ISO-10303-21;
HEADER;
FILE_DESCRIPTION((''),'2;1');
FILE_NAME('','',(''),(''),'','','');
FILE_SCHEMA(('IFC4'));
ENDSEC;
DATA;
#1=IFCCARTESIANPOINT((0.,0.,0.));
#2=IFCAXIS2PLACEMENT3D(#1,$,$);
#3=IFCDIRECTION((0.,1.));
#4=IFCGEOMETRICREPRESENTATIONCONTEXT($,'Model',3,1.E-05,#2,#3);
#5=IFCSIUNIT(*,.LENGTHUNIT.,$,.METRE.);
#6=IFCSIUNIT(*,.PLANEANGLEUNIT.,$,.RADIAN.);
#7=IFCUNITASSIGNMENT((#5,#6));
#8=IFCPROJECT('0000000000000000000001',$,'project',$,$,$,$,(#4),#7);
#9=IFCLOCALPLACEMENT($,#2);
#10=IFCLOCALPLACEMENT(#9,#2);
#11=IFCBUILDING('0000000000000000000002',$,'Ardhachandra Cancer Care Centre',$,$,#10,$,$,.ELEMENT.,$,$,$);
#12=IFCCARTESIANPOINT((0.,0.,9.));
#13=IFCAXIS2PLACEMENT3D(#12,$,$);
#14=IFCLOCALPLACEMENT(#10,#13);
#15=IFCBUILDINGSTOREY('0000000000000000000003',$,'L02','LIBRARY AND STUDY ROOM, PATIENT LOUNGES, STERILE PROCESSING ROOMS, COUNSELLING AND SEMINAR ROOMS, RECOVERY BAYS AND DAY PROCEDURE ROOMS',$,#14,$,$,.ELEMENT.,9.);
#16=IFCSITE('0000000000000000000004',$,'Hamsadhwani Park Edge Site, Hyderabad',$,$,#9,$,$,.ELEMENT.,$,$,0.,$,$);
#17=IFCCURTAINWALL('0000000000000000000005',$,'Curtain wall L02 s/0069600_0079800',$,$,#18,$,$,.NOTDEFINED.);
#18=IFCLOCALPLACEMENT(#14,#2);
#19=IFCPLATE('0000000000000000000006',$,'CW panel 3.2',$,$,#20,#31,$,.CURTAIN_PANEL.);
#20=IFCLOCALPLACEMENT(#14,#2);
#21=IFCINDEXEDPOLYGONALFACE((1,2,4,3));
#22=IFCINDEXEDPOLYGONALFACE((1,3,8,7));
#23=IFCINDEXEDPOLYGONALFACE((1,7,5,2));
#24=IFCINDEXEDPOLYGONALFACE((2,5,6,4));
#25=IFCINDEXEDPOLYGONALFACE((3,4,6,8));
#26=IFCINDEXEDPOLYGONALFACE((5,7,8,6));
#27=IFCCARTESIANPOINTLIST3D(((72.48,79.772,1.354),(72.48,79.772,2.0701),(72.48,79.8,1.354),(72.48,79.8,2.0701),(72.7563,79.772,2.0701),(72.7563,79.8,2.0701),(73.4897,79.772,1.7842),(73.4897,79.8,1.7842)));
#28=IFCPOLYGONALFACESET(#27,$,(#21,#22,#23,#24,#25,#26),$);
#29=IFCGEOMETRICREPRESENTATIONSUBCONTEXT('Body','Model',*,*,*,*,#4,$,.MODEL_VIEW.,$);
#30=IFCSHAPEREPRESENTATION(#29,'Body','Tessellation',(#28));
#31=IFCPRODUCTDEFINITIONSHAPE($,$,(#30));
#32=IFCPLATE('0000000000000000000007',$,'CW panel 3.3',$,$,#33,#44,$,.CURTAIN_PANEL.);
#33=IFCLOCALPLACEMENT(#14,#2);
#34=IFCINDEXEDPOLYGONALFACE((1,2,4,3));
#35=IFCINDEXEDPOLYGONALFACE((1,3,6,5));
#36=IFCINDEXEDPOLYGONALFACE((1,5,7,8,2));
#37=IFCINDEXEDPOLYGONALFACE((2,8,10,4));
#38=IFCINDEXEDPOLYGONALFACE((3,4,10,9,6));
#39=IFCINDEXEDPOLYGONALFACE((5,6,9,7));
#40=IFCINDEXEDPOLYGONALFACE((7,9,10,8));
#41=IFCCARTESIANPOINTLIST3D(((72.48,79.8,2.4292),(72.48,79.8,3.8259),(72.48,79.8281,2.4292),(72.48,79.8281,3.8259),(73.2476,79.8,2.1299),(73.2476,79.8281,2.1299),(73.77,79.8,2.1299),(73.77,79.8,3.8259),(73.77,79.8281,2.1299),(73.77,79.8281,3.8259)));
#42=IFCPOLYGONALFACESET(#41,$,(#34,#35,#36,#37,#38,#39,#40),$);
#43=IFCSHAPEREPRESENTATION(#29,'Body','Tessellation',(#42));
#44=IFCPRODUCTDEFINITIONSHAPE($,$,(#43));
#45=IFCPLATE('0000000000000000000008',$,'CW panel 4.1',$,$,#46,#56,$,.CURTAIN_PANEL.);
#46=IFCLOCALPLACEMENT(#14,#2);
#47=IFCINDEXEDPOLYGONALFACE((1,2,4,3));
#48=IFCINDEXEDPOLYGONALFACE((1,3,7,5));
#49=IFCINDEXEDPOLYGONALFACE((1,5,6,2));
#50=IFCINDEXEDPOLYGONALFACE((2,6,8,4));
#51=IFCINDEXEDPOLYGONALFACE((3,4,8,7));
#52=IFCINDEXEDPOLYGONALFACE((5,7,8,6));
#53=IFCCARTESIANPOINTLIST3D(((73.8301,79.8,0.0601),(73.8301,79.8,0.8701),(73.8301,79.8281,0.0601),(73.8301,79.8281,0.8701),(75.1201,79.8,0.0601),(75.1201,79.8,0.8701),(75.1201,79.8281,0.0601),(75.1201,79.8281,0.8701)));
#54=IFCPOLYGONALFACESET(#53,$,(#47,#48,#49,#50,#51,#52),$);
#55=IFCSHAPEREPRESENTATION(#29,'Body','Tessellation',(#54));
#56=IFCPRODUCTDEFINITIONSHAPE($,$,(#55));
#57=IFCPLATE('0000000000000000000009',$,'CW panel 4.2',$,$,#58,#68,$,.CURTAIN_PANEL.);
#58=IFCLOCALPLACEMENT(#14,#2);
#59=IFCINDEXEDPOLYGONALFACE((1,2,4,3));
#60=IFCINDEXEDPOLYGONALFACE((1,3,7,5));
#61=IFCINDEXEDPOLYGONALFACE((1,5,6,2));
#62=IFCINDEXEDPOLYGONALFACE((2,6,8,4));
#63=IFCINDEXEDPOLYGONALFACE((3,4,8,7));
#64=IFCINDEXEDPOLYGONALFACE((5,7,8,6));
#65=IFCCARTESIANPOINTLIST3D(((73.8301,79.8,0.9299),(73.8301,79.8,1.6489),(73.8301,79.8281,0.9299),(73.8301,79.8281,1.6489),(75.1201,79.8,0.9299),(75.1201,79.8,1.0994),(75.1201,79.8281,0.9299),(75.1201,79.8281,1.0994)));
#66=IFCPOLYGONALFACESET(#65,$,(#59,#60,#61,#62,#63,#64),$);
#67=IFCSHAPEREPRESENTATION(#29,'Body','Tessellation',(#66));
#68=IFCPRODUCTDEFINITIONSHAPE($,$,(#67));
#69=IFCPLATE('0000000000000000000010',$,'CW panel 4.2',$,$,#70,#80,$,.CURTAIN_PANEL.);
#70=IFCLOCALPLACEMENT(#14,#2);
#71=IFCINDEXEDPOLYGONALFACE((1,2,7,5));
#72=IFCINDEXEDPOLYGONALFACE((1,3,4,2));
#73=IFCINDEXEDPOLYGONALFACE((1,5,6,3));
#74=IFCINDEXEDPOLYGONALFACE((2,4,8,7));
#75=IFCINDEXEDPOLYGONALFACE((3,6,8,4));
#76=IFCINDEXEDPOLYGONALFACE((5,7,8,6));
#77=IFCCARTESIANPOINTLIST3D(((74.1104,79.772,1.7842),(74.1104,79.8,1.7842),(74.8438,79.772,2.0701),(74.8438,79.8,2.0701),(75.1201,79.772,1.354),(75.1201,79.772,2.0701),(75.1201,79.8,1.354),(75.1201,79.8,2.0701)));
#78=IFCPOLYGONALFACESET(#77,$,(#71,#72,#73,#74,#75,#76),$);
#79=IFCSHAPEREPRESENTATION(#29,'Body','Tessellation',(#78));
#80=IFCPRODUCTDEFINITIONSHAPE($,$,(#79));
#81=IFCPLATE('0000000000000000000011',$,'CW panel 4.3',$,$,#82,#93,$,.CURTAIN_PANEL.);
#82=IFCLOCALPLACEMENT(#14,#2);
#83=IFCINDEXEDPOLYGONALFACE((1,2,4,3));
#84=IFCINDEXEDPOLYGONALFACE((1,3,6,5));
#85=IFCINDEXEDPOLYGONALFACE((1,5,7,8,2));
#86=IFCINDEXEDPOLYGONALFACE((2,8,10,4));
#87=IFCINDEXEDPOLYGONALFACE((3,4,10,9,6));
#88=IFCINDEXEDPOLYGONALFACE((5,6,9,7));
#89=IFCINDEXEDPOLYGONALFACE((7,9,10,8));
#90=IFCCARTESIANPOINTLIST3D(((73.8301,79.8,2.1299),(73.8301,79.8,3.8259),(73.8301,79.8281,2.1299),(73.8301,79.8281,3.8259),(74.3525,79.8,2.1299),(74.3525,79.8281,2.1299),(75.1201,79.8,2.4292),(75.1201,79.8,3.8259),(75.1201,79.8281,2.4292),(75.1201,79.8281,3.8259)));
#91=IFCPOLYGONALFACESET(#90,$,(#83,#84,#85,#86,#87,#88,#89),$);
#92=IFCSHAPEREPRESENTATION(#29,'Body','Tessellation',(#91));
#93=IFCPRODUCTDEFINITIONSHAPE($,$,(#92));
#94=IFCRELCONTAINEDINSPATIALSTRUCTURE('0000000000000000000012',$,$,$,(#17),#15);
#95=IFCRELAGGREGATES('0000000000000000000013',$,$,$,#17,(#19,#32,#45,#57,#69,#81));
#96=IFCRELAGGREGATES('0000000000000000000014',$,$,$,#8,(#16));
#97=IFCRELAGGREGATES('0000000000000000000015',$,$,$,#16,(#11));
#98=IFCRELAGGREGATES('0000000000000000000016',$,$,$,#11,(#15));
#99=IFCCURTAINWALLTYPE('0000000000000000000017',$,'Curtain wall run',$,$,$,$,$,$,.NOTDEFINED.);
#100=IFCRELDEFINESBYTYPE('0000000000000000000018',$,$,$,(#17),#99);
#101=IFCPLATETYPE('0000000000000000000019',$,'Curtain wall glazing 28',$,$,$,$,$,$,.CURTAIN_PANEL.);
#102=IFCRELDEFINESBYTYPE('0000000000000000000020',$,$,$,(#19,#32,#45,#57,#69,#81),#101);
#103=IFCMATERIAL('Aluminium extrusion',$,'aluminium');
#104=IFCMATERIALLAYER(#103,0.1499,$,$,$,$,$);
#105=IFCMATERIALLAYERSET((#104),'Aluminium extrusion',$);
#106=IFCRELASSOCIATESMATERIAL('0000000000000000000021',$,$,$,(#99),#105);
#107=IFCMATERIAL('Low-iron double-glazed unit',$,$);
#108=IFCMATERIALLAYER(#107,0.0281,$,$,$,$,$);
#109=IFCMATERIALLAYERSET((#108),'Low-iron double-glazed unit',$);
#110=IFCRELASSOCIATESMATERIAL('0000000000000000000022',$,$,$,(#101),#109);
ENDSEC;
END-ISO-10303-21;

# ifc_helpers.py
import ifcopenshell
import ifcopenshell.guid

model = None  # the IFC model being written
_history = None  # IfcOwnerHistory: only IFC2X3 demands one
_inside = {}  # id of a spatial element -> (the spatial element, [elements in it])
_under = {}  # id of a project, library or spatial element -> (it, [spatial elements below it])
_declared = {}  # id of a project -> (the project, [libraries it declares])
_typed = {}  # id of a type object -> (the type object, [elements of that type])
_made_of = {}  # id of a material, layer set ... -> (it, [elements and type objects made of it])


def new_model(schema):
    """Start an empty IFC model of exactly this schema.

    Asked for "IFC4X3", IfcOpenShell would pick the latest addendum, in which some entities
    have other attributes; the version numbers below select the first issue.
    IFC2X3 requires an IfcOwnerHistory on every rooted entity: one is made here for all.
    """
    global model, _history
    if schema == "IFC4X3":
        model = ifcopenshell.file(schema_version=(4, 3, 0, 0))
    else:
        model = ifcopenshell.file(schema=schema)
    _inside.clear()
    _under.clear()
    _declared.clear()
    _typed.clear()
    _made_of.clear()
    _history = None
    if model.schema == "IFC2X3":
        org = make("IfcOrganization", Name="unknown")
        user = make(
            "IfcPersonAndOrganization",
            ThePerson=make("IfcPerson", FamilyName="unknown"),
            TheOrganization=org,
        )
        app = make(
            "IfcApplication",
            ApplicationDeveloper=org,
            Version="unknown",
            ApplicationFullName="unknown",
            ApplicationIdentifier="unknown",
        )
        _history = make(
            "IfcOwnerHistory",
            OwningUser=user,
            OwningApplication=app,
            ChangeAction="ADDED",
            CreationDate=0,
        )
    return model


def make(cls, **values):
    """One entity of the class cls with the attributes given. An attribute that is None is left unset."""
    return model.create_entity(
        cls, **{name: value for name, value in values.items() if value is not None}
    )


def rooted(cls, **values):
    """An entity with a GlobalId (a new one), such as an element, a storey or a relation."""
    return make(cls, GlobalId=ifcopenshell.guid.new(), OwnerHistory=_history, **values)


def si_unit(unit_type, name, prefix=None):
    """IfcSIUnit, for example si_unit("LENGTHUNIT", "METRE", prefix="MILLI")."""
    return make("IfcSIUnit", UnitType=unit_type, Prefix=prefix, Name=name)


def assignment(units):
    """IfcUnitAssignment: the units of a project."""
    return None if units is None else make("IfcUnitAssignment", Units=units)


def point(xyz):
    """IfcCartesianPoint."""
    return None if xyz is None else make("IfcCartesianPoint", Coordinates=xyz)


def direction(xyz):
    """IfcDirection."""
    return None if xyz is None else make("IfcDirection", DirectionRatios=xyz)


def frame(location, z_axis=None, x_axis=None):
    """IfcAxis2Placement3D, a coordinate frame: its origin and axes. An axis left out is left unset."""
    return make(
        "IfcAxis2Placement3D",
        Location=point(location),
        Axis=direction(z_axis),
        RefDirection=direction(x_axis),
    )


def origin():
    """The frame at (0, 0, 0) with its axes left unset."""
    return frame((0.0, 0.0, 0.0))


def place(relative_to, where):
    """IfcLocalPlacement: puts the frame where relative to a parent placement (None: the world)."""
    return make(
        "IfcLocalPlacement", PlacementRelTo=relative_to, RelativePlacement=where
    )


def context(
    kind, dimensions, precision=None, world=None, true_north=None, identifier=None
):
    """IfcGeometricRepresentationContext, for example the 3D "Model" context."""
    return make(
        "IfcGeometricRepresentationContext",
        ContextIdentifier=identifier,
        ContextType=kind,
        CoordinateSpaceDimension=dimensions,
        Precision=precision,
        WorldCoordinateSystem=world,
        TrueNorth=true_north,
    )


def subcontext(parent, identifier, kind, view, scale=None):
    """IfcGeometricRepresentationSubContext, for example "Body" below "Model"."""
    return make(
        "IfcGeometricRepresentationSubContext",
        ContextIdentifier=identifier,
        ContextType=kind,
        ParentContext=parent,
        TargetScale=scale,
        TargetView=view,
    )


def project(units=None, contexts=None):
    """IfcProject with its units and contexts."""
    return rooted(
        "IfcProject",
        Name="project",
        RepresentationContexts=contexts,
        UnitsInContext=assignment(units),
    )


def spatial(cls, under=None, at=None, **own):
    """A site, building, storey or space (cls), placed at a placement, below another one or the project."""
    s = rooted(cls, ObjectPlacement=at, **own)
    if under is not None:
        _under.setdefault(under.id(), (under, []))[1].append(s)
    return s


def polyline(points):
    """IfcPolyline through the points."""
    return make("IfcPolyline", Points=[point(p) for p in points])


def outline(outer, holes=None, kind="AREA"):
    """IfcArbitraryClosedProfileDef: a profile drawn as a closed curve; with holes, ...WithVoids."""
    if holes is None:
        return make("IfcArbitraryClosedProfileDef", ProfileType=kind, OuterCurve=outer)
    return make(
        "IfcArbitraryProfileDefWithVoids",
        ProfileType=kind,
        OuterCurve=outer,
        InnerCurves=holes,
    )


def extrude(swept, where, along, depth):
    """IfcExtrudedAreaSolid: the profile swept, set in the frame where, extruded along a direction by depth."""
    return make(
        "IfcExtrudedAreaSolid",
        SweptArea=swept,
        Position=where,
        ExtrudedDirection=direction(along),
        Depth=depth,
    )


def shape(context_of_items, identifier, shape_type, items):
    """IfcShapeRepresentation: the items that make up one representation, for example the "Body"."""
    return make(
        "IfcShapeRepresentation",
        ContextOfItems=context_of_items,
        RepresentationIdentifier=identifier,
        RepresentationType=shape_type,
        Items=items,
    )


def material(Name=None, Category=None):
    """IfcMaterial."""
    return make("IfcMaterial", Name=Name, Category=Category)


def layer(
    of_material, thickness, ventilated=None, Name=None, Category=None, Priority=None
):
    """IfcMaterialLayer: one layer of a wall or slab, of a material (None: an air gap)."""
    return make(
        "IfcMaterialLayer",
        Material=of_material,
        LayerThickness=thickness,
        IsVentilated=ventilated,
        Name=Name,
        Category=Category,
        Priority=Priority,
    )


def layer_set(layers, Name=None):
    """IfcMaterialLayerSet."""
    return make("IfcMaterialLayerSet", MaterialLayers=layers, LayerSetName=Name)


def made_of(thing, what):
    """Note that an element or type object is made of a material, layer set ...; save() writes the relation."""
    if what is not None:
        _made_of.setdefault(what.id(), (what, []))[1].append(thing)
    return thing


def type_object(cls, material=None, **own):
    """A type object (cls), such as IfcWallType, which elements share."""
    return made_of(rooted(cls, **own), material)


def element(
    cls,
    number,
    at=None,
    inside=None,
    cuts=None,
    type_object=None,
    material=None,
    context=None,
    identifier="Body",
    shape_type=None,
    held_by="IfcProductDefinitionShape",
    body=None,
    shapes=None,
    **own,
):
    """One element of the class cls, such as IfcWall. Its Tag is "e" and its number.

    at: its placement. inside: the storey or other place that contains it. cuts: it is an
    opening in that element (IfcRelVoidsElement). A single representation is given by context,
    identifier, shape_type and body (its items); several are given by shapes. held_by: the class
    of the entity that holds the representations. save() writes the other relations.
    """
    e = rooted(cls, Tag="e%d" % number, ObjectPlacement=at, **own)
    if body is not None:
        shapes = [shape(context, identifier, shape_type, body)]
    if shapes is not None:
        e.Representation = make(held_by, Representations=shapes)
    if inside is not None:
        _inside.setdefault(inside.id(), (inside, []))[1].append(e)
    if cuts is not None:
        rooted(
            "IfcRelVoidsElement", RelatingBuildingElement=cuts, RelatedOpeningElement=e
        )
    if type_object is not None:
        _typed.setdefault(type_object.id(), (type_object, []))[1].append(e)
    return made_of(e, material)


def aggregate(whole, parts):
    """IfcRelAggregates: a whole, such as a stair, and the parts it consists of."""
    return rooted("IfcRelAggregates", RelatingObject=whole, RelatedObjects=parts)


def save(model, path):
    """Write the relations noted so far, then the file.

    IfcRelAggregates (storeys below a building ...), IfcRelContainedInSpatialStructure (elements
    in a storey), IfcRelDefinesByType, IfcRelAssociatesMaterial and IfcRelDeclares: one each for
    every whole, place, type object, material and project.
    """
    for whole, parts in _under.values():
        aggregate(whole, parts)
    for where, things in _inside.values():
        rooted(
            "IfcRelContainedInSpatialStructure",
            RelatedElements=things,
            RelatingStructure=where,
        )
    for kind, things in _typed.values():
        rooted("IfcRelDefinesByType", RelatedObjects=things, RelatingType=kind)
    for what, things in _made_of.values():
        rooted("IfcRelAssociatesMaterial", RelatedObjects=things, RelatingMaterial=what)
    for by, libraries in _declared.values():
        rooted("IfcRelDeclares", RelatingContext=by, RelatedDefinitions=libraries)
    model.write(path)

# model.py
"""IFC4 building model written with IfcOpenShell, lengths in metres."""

from ifc_helpers import new_model, si_unit, direction, frame, origin, place, context, subcontext, project, spatial, polyline, outline, extrude, material, layer, layer_set, type_object, element, aggregate, save


model = new_model("IFC4")

# Units and contexts
model_context = context("Model", 3, precision=1e-05, world=origin(), true_north=direction((0.0, 1.0)))
body_context = subcontext(model_context, "Body", "Model", "MODEL_VIEW")
ifc_project = project(units=[si_unit("LENGTHUNIT", "METRE"), si_unit("PLANEANGLEUNIT", "RADIAN")], contexts=[model_context])

# Site, building, storey
site_placement = place(None, origin())
site = spatial("IfcSite", under=ifc_project, at=site_placement, Name="Hamsadhwani Park Edge Site, Hyderabad", CompositionType="ELEMENT", RefElevation=0.0)
building_placement = place(site_placement, origin())
building = spatial("IfcBuilding", under=site, at=building_placement, Name="Ardhachandra Cancer Care Centre", CompositionType="ELEMENT")
storey_placement = place(building_placement, frame((0.0, 0.0, 9.0)))
storey = spatial("IfcBuildingStorey", under=building, at=storey_placement, Name="L02", Description="LIBRARY AND STUDY ROOM, PATIENT LOUNGES, STERILE PROCESSING ROOMS, COUNSELLING AND SEMINAR ROOMS, RECOVERY BAYS AND DAY PROCEDURE ROOMS", CompositionType="ELEMENT", Elevation=9.0)

# Curtain wall
ifc_material_1 = material(Name="Aluminium extrusion", Category="aluminium")
ifc_layer_1 = layer(ifc_material_1, 0.1499)
ifc_layer_set_1 = layer_set([ifc_layer_1], Name="Aluminium extrusion")
curtain_wall_type = type_object("IfcCurtainWallType", Name="Curtain wall run", PredefinedType="NOTDEFINED", material=ifc_layer_set_1)
curtain_wall_placement = place(storey_placement, origin())
curtain_wall = element("IfcCurtainWall", 1, at=curtain_wall_placement, inside=storey, type_object=curtain_wall_type, Name="Curtain wall L02 s/0069600_0079800", PredefinedType="NOTDEFINED")

# Plates
ifc_material_2 = material(Name="Low-iron double-glazed unit")
ifc_layer_2 = layer(ifc_material_2, 0.0281)
ifc_layer_set_2 = layer_set([ifc_layer_2], Name="Low-iron double-glazed unit")
plate_type = type_object("IfcPlateType", Name="Curtain wall glazing 28", PredefinedType="CURTAIN_PANEL", material=ifc_layer_set_2)
plate_1_placement = place(storey_placement, frame((72.48, 79.8, 2.0701), z_axis=(0.0, 1.0, 0.0), x_axis=(1.0, 0.0, 0.0)))
plate_1 = element("IfcPlate", 2, at=plate_1_placement, type_object=plate_type, Name="CW panel 3.2", PredefinedType="CURTAIN_PANEL", context=body_context, shape_type="SweptSolid", body=[
    extrude(outline(polyline([(0.0, 0.0), (0.2764, 0.0), (1.0098, 0.2859), (0.0, 0.7161), (0.0, 0.0)])), frame((0.0, 0.0, -0.0281)), (0.0, 0.0, 1.0), 0.0281),
])
plate_2_placement = place(storey_placement, frame((72.48, 79.8, 3.8259), z_axis=(0.0, 1.0, 0.0), x_axis=(1.0, 0.0, 0.0)))
plate_2 = element("IfcPlate", 3, at=plate_2_placement, type_object=plate_type, Name="CW panel 3.3", PredefinedType="CURTAIN_PANEL", context=body_context, shape_type="SweptSolid", body=[
    extrude(outline(polyline([(0.0, 0.0), (1.29, 0.0), (1.29, 1.696), (0.7676, 1.696), (0.0, 1.3967), (0.0, 0.0)])), origin(), (0.0, 0.0, 1.0), 0.0281),
])
plate_3_placement = place(storey_placement, frame((73.8301, 79.8, 0.0601), z_axis=(0.0, 1.0, 0.0), x_axis=(0.0, 0.0, 1.0)))
plate_3 = element("IfcPlate", 4, at=plate_3_placement, type_object=plate_type, Name="CW panel 4.1", PredefinedType="CURTAIN_PANEL", context=body_context, shape_type="SweptSolid", body=[
    extrude(outline(polyline([(0.0, 0.0), (0.8101, 0.0), (0.8101, 1.29), (0.0, 1.29), (0.0, 0.0)])), origin(), (0.0, 0.0, 1.0), 0.0281),
])
plate_4_placement = place(storey_placement, frame((75.1201, 79.8, 0.9299), z_axis=(0.0, 1.0, 0.0), x_axis=(-1.0, 0.0, 0.0)))
plate_4 = element("IfcPlate", 5, at=plate_4_placement, type_object=plate_type, Name="CW panel 4.2", PredefinedType="CURTAIN_PANEL", context=body_context, shape_type="SweptSolid", body=[
    extrude(outline(polyline([(0.0, 0.0), (1.29, 0.0), (1.29, 0.719), (0.0, 0.1694), (0.0, 0.0)])), origin(), (0.0, 0.0, 1.0), 0.0281),
])
plate_5_placement = place(storey_placement, frame((75.1201, 79.8, 2.0701), z_axis=(0.0, 1.0, 0.0), x_axis=(0.0, 0.0, -1.0)))
plate_5 = element("IfcPlate", 6, at=plate_5_placement, type_object=plate_type, Name="CW panel 4.2", PredefinedType="CURTAIN_PANEL", context=body_context, shape_type="SweptSolid", body=[
    extrude(outline(polyline([(0.0, 0.0), (0.7161, 0.0), (0.2859, 1.0098), (0.0, 0.2764), (0.0, 0.0)])), frame((0.0, 0.0, -0.0281)), (0.0, 0.0, 1.0), 0.0281),
])
plate_6_placement = place(storey_placement, frame((73.8301, 79.8, 2.1299), z_axis=(0.0, 1.0, 0.0), x_axis=(0.0, 0.0, 1.0)))
plate_6 = element("IfcPlate", 7, at=plate_6_placement, type_object=plate_type, Name="CW panel 4.3", PredefinedType="CURTAIN_PANEL", context=body_context, shape_type="SweptSolid", body=[
    extrude(outline(polyline([(0.0, 0.0), (1.696, 0.0), (1.696, 1.29), (0.2993, 1.29), (0.0, 0.5225), (0.0, 0.0)])), origin(), (0.0, 0.0, 1.0), 0.0281),
])
aggregate(curtain_wall, [plate_1, plate_2, plate_3, plate_4, plate_5, plate_6])

save(model, "model.ifc")
